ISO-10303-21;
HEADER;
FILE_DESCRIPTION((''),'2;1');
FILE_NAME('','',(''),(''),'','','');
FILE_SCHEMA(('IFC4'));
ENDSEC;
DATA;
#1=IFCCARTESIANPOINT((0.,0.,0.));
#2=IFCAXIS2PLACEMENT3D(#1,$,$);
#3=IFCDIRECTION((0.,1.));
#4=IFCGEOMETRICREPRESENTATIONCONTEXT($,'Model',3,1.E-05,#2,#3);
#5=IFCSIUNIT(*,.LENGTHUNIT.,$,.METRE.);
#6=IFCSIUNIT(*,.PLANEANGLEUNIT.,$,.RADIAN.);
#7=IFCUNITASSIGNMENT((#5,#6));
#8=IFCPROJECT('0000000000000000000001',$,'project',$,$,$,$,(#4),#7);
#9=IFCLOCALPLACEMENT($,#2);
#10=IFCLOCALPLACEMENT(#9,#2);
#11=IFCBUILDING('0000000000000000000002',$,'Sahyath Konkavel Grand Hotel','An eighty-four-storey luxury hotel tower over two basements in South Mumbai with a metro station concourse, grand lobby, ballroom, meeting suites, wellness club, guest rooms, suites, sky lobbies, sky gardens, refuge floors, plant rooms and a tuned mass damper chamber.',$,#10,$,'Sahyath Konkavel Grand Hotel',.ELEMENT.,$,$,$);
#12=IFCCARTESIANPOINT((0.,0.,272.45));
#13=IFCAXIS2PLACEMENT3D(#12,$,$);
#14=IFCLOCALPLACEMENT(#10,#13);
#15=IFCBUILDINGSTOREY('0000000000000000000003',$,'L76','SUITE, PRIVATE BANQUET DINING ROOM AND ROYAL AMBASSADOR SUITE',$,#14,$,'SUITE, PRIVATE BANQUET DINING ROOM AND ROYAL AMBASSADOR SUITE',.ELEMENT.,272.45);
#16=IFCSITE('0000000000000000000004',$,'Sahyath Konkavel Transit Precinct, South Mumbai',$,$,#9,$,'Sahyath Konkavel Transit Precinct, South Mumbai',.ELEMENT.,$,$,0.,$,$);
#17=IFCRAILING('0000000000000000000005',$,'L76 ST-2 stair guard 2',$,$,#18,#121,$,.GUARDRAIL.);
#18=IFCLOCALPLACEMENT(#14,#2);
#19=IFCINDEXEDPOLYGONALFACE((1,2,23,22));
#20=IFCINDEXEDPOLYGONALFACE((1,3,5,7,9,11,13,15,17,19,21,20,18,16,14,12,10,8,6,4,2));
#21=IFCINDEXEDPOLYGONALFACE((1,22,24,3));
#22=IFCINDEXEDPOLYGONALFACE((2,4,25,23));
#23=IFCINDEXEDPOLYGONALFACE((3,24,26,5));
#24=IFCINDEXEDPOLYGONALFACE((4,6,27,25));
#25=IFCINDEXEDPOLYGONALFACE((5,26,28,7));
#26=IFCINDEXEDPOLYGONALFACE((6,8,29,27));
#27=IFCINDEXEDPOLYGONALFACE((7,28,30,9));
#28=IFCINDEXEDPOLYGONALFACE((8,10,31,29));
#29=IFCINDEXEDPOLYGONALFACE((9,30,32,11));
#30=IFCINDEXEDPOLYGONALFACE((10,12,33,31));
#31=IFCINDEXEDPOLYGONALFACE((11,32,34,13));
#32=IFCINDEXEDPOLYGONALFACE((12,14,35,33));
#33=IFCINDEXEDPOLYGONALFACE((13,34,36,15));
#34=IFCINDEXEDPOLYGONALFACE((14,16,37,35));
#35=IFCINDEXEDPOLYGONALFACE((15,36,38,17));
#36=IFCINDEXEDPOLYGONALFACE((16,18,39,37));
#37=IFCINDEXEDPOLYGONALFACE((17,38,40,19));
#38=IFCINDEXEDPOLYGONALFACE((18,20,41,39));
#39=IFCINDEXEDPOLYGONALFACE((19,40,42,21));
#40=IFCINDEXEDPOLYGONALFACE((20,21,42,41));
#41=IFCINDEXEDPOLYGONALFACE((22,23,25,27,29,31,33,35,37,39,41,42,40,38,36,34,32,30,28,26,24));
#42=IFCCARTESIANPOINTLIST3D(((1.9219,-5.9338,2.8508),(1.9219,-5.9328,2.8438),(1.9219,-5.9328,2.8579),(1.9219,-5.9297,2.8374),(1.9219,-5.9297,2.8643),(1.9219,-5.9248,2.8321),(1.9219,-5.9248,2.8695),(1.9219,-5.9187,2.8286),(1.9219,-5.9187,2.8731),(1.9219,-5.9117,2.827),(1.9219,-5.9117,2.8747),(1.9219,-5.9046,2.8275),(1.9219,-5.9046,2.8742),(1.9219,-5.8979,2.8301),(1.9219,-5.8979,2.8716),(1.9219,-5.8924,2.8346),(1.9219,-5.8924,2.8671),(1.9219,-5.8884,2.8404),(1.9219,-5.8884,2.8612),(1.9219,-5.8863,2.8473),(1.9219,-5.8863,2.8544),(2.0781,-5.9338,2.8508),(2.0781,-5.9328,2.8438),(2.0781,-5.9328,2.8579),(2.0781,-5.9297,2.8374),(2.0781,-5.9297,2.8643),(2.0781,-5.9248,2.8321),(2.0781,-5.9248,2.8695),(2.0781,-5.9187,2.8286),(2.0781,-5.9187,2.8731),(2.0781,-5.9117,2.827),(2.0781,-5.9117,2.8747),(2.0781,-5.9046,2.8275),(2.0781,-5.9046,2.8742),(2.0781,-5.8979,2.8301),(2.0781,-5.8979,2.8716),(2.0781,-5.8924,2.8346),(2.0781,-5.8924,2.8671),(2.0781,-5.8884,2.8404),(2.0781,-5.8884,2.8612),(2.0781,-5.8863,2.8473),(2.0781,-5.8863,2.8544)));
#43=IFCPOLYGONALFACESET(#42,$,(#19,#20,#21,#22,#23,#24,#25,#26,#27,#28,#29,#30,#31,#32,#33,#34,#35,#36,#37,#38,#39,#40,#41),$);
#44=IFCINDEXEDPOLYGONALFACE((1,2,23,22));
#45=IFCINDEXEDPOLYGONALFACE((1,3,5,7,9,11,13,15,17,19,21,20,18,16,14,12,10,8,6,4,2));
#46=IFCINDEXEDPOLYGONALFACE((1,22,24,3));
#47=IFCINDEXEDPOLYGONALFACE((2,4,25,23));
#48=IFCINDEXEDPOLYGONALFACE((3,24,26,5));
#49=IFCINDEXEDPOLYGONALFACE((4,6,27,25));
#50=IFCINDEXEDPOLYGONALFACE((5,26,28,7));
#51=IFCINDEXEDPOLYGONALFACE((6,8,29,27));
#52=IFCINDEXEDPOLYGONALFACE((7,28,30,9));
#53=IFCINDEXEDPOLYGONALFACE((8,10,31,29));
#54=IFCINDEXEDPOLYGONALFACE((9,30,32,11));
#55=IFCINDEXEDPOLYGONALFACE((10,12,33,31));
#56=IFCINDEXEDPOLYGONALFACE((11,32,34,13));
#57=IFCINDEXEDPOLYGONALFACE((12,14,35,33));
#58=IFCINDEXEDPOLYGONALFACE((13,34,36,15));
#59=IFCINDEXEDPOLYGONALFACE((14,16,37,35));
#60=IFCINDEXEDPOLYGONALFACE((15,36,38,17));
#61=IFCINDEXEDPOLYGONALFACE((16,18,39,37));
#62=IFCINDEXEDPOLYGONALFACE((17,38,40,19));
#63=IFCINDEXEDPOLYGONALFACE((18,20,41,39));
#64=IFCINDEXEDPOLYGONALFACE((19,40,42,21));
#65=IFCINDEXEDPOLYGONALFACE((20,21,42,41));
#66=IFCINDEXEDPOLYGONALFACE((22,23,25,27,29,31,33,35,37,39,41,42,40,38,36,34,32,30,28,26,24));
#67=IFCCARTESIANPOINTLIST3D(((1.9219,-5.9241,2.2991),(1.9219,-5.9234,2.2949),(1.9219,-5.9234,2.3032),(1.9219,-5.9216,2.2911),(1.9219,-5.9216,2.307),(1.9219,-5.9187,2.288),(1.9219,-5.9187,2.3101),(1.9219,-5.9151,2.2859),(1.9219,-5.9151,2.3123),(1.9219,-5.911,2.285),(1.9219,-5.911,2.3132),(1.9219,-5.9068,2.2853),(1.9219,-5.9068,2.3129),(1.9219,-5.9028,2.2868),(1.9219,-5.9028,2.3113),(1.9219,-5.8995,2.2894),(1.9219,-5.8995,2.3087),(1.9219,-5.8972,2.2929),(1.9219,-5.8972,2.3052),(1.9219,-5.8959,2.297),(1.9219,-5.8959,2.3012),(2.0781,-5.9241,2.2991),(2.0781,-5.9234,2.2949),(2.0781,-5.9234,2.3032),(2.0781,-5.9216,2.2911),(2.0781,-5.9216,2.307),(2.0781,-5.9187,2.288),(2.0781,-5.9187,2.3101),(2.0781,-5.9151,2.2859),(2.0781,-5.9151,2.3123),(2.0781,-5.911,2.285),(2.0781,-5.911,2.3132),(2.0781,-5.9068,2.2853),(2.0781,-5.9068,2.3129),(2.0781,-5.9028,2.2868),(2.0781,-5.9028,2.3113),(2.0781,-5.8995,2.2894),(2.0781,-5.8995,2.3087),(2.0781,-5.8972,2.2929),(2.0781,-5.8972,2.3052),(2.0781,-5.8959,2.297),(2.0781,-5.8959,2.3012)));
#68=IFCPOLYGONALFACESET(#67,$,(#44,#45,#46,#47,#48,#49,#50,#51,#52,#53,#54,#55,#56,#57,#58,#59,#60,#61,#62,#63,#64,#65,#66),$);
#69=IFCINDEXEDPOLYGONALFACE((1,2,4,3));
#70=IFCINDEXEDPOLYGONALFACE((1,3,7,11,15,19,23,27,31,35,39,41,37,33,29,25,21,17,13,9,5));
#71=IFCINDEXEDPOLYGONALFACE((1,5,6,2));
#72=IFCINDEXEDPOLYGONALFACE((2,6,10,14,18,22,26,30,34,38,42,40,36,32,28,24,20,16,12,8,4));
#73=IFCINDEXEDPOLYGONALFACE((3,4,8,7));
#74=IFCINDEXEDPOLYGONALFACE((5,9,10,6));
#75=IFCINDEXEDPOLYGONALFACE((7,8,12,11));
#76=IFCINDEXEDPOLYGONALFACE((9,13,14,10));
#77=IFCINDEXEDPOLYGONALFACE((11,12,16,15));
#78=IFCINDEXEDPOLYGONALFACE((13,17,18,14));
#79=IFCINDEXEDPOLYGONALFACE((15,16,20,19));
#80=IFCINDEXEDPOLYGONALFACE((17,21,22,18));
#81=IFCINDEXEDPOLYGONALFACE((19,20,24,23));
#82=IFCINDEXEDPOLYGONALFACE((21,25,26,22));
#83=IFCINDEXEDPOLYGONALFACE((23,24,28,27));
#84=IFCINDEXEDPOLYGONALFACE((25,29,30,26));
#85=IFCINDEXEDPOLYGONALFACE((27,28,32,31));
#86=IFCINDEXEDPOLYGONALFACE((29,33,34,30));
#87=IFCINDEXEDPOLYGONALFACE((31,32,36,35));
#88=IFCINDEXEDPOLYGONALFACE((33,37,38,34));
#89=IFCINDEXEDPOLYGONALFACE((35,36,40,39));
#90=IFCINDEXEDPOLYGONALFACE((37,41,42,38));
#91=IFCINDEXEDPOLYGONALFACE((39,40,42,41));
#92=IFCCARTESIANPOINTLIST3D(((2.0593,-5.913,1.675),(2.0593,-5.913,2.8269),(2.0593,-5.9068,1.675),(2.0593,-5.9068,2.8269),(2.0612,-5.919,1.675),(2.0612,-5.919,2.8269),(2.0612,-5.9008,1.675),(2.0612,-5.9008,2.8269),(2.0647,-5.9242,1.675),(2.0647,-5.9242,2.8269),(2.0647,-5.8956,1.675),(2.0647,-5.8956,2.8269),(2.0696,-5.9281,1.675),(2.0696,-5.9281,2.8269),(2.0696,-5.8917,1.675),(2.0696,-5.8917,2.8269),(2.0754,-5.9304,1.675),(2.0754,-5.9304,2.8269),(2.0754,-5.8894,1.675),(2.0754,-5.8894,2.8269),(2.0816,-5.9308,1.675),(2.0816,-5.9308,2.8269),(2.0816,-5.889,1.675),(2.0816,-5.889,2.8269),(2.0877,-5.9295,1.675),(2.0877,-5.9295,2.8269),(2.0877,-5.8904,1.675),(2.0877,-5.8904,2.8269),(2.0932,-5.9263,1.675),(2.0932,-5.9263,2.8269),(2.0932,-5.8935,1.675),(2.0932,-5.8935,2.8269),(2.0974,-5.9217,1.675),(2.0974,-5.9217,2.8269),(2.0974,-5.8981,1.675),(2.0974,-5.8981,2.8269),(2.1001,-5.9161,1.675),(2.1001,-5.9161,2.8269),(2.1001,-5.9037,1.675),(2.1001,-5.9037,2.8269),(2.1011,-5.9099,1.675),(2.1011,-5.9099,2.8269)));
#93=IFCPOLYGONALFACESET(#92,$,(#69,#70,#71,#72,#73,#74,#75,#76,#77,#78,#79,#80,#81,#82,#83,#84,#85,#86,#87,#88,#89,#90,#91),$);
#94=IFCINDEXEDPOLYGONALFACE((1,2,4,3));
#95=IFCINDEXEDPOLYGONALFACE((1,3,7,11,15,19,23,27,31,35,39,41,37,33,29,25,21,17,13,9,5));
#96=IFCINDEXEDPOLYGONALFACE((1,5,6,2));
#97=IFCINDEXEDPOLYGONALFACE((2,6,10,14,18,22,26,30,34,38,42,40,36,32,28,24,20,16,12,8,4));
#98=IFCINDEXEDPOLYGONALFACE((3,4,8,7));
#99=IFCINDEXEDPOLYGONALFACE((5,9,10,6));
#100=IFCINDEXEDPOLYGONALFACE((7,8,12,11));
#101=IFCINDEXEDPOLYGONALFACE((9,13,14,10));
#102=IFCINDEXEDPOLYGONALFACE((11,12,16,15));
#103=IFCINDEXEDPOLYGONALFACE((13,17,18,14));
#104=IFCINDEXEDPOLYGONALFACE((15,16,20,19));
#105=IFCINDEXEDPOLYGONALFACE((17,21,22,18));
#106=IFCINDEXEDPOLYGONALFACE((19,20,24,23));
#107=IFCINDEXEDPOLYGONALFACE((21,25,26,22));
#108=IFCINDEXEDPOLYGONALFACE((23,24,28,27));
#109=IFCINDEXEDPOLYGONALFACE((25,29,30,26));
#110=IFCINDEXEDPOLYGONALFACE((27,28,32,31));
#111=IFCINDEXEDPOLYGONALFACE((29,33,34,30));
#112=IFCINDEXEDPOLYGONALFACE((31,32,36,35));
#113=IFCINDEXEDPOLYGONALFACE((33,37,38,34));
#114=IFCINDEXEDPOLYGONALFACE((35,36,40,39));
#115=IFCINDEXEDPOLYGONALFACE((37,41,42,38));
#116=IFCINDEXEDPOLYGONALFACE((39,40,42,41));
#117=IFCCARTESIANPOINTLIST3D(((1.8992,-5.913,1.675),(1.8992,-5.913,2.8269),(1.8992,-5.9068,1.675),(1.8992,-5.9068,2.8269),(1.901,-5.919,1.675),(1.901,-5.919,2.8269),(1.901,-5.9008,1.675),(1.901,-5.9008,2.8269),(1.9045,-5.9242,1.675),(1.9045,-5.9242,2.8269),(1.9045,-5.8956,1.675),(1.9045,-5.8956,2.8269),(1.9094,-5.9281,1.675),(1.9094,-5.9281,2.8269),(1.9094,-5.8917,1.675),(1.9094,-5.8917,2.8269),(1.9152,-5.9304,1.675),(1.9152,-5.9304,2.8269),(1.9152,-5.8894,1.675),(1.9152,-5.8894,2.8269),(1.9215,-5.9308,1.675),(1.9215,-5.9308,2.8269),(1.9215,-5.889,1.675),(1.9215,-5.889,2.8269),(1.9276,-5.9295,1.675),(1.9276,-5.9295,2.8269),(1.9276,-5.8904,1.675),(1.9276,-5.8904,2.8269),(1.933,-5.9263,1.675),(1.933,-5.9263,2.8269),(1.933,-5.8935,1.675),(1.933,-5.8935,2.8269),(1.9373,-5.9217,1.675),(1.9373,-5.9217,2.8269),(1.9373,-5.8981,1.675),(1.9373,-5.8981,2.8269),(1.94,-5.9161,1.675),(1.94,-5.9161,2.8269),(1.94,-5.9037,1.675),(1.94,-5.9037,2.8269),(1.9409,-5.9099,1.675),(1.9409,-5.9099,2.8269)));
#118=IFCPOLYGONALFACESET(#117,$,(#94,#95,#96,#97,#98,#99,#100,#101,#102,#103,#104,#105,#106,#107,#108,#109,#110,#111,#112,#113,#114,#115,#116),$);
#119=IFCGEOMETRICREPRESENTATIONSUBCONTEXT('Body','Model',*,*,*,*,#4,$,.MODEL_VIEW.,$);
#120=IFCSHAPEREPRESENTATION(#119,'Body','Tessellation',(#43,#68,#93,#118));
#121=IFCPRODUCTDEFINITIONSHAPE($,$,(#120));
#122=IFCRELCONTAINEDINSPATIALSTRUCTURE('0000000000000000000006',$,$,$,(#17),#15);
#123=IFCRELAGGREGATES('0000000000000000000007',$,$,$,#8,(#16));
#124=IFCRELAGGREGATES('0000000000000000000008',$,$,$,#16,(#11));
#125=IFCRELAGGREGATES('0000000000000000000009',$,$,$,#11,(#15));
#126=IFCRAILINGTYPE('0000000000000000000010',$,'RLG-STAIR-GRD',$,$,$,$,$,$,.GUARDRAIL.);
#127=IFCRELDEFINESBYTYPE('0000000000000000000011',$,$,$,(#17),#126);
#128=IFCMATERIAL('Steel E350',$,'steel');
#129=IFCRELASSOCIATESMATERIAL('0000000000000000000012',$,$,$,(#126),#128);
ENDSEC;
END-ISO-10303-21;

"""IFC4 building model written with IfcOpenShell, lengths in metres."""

from ifc_helpers import new_model, si_unit, direction, frame, origin, origin_2d, place, context, subcontext, project, spatial, circle, extrude, material, type_object, element, save


model = new_model("IFC4")

# Units and contexts
model_context = context("Model", 3, precision=1e-05, world=origin(), true_north=direction((0.0, 1.0)))
body_context = subcontext(model_context, "Body", "Model", "MODEL_VIEW")
ifc_project = project(units=[si_unit("LENGTHUNIT", "METRE"), si_unit("PLANEANGLEUNIT", "RADIAN")], contexts=[model_context])

# Site, building, storey
site_placement = place(None, origin())
site = spatial("IfcSite", under=ifc_project, at=site_placement, Name="Sahyath Konkavel Transit Precinct, South Mumbai", LongName="Sahyath Konkavel Transit Precinct, South Mumbai", CompositionType="ELEMENT", RefElevation=0.0)
building_placement = place(site_placement, origin())
building = spatial("IfcBuilding", under=site, at=building_placement, Name="Sahyath Konkavel Grand Hotel", Description="An eighty-four-storey luxury hotel tower over two basements in South Mumbai with a metro station concourse, grand lobby, ballroom, meeting suites, wellness club, guest rooms, suites, sky lobbies, sky gardens, refuge floors, plant rooms and a tuned mass damper chamber.", LongName="Sahyath Konkavel Grand Hotel", CompositionType="ELEMENT")
storey_placement = place(building_placement, frame((0.0, 0.0, 272.45)))
storey = spatial("IfcBuildingStorey", under=building, at=storey_placement, Name="L76", Description="SUITE, PRIVATE BANQUET DINING ROOM AND ROYAL AMBASSADOR SUITE", LongName="SUITE, PRIVATE BANQUET DINING ROOM AND ROYAL AMBASSADOR SUITE", CompositionType="ELEMENT", Elevation=272.45)

# Shared definitions
ifc_material_1 = material(Name="Steel E350", Category="steel")

# Railing
railing_type_1 = type_object("IfcRailingType", Name="RLG-STAIR-GRD", PredefinedType="GUARDRAIL", material=ifc_material_1)
railing_1_placement = place(storey_placement, frame((2.0801, -5.9099, 1.675)))
element("IfcRailing", 1, at=railing_1_placement, inside=storey, type_object=railing_type_1, Name="L76 ST-2 stair guard 2", PredefinedType="GUARDRAIL", context=body_context, shape_type="SweptSolid", body=[
    extrude(circle(Radius=0.0239, at=origin_2d()), frame((-0.002, 0.0, 1.1758), z_axis=(-1.0, 0.0, 0.0), x_axis=(0.0, -1.0, 0.0)), (0.0, 0.0, 1.0), 0.1562),
    extrude(circle(Radius=0.0142, at=origin_2d()), frame((-0.002, 0.0, 0.624), z_axis=(-1.0, 0.0, 0.0), x_axis=(0.0, -1.0, 0.0)), (0.0, 0.0, 1.0), 0.1562),
    extrude(circle(Radius=0.021, at=origin_2d()), origin(), (0.0, 0.0, 1.0), 1.1519),
    extrude(circle(Radius=0.021, at=origin_2d()), frame((-0.1602, 0.0, 0.0)), (0.0, 0.0, 1.0), 1.1519),
])

save(model, "model.ifc")
